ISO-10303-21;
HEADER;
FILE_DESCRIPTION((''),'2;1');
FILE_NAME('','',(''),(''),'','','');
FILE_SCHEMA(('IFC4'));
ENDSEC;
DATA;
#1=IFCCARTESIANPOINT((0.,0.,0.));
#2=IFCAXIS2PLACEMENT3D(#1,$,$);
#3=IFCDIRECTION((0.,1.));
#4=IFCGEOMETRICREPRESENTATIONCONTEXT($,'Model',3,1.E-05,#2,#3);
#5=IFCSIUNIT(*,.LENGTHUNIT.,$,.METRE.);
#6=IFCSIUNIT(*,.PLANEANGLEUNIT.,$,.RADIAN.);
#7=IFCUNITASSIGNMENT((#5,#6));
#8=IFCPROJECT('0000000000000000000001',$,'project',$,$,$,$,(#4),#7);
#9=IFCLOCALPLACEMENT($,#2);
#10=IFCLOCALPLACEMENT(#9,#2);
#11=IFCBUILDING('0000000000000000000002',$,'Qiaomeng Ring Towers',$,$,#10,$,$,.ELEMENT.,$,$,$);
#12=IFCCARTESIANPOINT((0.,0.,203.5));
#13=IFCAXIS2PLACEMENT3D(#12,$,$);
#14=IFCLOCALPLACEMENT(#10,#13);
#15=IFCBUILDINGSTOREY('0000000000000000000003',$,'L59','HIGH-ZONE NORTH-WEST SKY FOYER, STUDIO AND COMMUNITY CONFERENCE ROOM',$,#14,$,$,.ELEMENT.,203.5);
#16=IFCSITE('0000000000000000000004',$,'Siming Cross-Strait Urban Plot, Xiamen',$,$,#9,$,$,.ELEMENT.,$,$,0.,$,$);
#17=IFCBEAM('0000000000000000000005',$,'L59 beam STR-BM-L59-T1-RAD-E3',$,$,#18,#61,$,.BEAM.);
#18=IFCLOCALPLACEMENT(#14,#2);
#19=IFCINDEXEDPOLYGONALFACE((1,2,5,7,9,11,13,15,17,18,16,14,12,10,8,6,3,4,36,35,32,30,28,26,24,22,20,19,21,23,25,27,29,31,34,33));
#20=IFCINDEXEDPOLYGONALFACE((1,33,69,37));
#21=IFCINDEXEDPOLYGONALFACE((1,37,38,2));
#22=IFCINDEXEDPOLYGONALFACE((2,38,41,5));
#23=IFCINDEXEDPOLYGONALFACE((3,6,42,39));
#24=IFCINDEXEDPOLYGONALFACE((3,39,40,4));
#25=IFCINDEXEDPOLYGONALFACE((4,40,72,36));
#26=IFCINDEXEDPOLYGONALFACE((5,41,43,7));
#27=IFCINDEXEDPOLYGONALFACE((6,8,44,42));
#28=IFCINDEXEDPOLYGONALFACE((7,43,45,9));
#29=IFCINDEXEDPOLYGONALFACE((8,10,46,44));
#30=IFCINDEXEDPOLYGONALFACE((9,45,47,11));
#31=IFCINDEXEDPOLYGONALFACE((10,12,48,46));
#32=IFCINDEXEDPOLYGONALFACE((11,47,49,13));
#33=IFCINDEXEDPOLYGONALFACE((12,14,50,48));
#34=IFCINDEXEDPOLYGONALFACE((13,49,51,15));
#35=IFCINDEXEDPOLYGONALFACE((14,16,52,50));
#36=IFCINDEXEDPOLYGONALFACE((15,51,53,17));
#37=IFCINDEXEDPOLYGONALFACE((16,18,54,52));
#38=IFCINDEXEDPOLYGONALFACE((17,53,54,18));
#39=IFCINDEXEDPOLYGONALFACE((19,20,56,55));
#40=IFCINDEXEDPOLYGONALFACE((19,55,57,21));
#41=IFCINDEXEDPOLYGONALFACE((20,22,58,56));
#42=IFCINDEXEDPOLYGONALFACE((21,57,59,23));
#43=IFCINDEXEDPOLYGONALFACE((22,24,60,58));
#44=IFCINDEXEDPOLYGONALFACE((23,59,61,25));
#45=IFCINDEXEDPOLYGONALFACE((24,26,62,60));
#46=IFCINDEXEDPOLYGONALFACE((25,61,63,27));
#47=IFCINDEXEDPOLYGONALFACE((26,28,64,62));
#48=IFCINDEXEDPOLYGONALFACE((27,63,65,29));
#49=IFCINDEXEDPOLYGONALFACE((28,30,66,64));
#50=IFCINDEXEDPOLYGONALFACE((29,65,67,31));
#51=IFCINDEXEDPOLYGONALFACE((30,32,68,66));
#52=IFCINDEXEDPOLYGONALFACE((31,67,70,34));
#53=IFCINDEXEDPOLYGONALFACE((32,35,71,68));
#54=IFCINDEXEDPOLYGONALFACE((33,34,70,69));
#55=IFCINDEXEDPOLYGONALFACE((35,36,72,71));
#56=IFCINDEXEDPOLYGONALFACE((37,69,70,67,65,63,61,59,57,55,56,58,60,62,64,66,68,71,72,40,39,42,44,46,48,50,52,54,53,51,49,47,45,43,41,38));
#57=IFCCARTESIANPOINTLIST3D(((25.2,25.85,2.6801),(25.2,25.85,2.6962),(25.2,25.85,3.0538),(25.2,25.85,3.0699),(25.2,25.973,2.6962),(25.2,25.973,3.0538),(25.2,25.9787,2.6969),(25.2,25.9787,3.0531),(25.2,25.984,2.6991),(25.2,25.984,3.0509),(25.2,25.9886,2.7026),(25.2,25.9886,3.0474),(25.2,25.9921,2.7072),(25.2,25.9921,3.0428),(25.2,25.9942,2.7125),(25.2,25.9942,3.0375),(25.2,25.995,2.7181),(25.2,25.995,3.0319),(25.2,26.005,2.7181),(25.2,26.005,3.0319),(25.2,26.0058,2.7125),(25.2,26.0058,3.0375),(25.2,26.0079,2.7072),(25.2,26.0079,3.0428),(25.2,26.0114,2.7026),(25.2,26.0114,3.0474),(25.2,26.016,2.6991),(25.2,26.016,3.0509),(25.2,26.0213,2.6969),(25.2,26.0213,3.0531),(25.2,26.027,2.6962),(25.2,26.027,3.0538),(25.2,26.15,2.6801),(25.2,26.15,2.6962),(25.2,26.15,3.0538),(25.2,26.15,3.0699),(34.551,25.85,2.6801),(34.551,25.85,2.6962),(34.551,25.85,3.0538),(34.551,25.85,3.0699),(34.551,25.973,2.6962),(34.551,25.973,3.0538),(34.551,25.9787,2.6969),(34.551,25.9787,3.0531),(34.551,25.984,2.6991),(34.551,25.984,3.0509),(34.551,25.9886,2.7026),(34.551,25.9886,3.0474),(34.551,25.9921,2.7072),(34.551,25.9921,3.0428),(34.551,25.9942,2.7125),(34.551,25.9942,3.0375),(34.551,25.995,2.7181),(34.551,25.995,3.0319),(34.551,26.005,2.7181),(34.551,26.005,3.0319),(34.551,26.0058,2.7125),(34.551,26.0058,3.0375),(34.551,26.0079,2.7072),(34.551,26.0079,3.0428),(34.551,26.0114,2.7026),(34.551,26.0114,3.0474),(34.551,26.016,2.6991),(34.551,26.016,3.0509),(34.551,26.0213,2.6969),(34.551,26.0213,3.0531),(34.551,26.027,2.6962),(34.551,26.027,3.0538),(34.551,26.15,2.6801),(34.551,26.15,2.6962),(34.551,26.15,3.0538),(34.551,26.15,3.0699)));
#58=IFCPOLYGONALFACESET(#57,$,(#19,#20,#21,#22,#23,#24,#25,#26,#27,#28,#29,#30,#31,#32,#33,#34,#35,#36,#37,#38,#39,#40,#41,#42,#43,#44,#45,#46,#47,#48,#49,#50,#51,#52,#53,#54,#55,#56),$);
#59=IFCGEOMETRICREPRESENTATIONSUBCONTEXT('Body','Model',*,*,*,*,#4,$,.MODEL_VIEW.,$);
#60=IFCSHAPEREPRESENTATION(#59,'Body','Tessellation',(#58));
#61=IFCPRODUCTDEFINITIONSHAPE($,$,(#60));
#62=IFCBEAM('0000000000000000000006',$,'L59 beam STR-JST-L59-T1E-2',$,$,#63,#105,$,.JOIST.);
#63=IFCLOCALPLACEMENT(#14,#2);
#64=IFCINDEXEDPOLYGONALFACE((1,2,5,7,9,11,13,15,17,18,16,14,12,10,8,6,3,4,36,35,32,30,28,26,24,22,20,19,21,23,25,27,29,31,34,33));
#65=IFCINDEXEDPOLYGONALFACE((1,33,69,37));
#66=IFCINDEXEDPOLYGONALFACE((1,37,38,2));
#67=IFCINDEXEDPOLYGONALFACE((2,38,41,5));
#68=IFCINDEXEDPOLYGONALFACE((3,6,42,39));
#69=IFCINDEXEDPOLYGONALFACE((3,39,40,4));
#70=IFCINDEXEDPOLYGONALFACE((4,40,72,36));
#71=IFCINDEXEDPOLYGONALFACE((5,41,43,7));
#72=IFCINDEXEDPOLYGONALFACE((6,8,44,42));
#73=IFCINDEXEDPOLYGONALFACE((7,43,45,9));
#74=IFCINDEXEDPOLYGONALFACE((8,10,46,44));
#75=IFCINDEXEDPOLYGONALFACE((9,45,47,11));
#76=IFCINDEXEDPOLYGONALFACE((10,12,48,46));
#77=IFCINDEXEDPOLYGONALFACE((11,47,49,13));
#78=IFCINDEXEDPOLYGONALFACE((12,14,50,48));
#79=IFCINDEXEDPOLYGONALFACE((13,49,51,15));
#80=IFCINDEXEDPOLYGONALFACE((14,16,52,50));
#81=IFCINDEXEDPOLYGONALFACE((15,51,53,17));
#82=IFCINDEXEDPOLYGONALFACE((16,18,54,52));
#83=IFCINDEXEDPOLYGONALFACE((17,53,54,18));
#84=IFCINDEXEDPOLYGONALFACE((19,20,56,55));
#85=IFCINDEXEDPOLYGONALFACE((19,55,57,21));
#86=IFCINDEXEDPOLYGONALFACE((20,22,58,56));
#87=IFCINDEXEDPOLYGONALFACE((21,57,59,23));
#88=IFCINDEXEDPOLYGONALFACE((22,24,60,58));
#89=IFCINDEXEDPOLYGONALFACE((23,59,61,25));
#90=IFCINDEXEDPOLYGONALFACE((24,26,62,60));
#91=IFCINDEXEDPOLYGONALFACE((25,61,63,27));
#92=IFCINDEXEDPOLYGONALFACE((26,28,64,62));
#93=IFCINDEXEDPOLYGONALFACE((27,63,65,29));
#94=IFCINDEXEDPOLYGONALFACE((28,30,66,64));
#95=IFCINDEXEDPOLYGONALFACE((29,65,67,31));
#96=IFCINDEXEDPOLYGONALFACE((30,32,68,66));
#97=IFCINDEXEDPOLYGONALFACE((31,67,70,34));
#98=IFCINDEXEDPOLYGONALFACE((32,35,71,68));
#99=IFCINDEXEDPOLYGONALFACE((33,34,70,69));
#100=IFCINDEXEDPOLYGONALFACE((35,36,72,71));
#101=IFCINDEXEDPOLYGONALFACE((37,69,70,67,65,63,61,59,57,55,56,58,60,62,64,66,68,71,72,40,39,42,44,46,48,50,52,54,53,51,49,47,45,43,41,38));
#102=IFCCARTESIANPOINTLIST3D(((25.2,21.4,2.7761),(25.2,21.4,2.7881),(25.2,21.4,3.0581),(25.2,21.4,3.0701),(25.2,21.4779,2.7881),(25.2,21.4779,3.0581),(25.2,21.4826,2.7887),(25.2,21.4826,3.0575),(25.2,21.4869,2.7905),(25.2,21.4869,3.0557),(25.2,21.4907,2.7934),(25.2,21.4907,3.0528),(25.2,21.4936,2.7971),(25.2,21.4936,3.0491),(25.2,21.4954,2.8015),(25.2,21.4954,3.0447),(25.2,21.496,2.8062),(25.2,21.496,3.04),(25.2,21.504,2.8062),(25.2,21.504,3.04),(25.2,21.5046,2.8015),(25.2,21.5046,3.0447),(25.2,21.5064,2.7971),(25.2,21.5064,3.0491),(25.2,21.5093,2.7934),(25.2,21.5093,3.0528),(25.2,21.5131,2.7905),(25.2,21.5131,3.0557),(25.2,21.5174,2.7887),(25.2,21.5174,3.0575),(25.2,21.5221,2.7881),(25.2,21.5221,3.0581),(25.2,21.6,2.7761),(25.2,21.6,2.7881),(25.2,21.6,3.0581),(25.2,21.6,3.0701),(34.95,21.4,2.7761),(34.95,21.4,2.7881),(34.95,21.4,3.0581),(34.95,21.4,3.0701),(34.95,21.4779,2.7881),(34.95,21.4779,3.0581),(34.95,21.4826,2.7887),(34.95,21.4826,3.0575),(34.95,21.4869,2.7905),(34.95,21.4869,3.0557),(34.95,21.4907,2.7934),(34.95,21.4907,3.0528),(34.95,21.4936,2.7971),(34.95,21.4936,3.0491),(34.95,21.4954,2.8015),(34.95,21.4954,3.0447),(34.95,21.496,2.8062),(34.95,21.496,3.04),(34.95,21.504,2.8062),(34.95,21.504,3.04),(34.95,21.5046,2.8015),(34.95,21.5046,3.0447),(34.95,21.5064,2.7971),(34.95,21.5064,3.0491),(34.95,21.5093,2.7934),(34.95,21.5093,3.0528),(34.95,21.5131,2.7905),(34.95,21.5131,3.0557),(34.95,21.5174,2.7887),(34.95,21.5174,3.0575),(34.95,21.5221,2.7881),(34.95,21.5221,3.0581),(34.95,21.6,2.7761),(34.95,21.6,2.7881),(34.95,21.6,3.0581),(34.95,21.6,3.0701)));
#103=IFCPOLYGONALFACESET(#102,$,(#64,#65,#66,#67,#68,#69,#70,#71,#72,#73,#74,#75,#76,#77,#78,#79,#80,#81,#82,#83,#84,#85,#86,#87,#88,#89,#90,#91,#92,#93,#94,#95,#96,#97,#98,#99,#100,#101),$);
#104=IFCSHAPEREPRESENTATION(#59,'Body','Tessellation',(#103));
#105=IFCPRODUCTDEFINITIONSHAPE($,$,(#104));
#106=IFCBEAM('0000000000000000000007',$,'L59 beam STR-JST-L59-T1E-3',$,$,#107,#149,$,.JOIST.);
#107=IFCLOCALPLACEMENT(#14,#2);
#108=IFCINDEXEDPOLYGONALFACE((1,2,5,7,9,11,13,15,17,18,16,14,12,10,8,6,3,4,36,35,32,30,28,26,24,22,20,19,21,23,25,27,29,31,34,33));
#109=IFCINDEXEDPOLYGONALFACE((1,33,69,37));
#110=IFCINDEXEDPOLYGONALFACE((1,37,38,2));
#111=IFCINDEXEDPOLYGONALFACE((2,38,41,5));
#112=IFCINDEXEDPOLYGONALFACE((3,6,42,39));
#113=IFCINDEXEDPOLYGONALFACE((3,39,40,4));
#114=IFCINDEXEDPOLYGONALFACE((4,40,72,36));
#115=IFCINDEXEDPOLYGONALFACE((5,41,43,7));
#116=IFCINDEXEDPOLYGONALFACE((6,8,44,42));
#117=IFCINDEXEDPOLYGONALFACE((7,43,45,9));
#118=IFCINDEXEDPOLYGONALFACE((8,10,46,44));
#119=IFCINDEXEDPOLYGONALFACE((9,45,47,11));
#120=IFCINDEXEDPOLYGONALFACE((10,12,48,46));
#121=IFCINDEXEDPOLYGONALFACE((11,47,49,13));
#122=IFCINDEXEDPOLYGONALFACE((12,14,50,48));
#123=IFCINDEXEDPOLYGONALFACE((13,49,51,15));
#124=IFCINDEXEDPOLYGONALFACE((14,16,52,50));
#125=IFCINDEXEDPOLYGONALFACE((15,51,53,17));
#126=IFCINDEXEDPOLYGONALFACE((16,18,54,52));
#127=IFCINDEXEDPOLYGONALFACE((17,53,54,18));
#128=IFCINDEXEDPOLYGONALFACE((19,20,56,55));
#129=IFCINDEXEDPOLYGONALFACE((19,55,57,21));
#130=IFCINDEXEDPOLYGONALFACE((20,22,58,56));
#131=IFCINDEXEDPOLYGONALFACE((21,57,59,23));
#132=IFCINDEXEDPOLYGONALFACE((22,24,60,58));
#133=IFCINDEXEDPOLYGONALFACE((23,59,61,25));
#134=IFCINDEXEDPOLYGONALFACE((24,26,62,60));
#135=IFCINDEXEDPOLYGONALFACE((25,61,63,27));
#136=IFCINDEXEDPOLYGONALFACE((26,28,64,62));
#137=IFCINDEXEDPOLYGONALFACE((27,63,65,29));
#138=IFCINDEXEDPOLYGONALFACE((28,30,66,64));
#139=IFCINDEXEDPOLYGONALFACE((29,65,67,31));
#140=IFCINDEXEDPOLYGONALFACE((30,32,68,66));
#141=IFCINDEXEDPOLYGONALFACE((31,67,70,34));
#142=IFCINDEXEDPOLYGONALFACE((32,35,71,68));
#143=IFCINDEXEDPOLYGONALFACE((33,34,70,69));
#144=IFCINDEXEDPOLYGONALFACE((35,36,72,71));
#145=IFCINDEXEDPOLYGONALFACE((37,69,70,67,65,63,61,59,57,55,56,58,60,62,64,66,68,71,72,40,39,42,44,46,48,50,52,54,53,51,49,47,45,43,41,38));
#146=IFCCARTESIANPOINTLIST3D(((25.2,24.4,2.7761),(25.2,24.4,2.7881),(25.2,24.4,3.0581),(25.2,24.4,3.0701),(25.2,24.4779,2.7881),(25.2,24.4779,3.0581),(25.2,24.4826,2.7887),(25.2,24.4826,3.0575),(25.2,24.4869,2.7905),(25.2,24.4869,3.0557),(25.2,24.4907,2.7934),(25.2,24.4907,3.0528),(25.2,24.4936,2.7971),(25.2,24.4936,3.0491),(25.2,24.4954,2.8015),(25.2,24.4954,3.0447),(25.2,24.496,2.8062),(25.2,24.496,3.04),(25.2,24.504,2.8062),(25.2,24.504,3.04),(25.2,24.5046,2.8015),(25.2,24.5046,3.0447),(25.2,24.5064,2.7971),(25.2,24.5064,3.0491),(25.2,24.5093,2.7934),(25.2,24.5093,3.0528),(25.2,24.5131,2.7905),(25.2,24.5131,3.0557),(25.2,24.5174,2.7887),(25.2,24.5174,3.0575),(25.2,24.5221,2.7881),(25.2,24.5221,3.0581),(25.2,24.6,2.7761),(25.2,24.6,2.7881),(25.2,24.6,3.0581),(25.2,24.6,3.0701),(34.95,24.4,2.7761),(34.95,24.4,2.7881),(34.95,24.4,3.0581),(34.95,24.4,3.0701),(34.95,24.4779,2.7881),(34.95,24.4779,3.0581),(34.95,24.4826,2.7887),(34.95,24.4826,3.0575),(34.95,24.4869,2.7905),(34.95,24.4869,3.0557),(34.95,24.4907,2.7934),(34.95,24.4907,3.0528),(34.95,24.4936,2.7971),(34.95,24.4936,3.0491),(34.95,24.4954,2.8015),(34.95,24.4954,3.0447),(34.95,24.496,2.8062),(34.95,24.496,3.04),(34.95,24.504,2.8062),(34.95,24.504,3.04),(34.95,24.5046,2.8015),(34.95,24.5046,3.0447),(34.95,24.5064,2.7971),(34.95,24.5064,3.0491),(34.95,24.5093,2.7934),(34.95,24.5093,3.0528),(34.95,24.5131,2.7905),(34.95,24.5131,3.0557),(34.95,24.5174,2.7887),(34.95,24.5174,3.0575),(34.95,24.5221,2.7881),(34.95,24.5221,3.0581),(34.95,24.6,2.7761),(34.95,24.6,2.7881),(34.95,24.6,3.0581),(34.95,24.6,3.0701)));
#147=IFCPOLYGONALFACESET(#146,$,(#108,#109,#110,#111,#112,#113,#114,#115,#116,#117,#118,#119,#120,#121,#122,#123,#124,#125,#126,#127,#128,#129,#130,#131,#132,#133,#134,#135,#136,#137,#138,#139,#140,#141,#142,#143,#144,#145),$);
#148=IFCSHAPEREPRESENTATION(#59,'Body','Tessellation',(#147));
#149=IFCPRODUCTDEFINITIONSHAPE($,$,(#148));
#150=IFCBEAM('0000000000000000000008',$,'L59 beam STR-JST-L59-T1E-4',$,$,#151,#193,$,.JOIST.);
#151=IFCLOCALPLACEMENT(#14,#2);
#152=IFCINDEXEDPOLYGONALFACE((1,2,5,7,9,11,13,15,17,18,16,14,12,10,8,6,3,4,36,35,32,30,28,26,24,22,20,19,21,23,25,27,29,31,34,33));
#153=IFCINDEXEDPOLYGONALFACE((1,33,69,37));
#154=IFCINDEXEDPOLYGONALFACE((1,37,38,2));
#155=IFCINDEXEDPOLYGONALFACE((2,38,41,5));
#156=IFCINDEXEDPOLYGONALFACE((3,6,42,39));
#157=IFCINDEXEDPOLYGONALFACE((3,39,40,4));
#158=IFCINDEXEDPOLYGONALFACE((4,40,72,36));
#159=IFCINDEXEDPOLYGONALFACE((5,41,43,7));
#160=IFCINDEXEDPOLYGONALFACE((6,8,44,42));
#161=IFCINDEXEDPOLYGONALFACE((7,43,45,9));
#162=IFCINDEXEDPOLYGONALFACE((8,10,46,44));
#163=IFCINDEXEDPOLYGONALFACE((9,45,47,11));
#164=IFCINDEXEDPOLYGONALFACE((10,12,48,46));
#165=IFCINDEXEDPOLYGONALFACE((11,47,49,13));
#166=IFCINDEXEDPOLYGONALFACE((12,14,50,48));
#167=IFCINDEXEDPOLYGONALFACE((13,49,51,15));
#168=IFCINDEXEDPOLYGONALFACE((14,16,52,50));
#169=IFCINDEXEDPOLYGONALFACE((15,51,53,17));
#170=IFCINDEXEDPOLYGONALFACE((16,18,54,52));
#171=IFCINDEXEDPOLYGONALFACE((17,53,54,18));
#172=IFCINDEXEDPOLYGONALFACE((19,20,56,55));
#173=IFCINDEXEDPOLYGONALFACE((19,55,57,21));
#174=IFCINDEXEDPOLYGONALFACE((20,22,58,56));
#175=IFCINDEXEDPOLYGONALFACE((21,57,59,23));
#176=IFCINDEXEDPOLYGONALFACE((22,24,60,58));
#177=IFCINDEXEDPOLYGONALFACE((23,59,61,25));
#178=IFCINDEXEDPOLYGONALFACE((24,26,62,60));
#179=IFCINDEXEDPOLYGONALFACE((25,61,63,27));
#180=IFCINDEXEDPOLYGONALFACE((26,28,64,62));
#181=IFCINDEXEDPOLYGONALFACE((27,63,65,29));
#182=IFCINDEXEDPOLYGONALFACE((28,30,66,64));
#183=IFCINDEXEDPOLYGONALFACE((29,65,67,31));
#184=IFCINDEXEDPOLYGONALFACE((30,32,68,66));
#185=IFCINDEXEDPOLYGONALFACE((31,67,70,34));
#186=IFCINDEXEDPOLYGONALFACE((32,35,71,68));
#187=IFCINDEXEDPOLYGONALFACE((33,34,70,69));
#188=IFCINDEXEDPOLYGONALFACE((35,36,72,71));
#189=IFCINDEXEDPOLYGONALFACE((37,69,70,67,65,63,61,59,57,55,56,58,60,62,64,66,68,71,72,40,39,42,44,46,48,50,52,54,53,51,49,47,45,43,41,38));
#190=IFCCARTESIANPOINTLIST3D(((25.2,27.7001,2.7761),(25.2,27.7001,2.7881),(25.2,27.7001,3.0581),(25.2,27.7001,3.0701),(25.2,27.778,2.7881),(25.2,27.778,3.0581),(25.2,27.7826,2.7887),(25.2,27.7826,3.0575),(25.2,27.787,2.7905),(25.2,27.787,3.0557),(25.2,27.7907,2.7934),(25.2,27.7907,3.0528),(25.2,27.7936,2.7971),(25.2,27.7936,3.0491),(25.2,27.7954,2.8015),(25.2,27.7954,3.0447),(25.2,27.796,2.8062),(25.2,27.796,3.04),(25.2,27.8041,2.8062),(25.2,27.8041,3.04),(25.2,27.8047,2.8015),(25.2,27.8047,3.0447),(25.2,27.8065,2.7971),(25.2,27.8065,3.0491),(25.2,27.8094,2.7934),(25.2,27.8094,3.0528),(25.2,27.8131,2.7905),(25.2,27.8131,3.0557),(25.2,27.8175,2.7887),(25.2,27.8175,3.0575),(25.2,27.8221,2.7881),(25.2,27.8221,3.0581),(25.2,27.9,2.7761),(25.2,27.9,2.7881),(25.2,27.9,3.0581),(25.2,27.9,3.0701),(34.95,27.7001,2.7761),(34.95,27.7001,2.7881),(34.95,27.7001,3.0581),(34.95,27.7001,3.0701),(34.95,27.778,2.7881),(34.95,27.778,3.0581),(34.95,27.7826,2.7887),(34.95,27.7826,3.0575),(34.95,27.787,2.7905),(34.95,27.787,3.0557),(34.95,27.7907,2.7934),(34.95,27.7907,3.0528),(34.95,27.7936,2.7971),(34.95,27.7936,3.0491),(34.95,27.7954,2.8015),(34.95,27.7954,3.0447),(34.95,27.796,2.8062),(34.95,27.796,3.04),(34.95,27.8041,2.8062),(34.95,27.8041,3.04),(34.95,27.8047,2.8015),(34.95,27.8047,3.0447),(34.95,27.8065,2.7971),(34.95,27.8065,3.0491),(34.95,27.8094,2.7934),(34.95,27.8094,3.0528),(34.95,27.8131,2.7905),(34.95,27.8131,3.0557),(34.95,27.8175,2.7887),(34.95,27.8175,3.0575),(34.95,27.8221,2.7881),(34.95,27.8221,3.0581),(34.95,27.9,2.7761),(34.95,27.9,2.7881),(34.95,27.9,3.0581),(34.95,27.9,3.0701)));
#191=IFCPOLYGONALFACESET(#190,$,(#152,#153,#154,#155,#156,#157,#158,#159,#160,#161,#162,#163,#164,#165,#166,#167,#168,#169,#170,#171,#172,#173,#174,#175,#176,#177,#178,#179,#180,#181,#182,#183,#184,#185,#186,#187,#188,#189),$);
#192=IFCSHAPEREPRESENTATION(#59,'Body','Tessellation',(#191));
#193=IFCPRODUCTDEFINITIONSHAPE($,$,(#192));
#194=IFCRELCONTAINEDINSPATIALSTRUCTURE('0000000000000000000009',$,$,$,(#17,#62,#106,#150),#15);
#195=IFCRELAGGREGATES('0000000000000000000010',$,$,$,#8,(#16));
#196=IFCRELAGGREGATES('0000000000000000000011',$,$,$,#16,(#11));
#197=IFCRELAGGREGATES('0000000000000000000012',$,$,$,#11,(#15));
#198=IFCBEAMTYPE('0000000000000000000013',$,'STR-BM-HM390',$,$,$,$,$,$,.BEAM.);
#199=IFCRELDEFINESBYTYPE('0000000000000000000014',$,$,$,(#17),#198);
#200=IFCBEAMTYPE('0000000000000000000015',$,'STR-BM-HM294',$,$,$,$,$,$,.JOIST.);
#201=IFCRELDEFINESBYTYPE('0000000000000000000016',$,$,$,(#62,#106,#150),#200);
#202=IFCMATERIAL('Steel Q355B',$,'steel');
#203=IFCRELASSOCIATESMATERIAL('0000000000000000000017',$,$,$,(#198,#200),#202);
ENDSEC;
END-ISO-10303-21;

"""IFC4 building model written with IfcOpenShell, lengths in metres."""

from ifc_helpers import new_model, si_unit, direction, frame, origin, origin_2d, place, context, subcontext, project, spatial, i_section, extrude, source, transform, mapped, material, material_profile, profile_set, type_object, element, save


model = new_model("IFC4")

# Units and contexts
model_context = context("Model", 3, precision=1e-05, world=origin(), true_north=direction((0.0, 1.0)))
body_context = subcontext(model_context, "Body", "Model", "MODEL_VIEW")
ifc_project = project(units=[si_unit("LENGTHUNIT", "METRE"), si_unit("PLANEANGLEUNIT", "RADIAN")], contexts=[model_context])

# Site, building, storey
site_placement = place(None, origin())
site = spatial("IfcSite", under=ifc_project, at=site_placement, Name="Siming Cross-Strait Urban Plot, Xiamen", CompositionType="ELEMENT", RefElevation=0.0)
building_placement = place(site_placement, origin())
building = spatial("IfcBuilding", under=site, at=building_placement, Name="Qiaomeng Ring Towers", CompositionType="ELEMENT")
storey_placement = place(building_placement, frame((0.0, 0.0, 203.5)))
storey = spatial("IfcBuildingStorey", under=building, at=storey_placement, Name="L59", Description="HIGH-ZONE NORTH-WEST SKY FOYER, STUDIO AND COMMUNITY CONFERENCE ROOM", CompositionType="ELEMENT", Elevation=203.5)

# Beams
ifc_material_1 = material(Name="Steel Q355B", Category="steel")
ifc_material_profile_1 = material_profile(ifc_material_1, i_section(OverallWidth=0.3, OverallDepth=0.3899, WebThickness=0.01, FlangeThickness=0.0161, FilletRadius=0.022, at=origin_2d()), Name="HM 390x300x10x16")
ifc_profile_set_1 = profile_set([ifc_material_profile_1], Name="Steel Q355B")
beam_type_1 = type_object("IfcBeamType", Name="STR-BM-HM390", PredefinedType="BEAM", material=ifc_profile_set_1)
shared_shape_1 = source(origin(), body_context, "Body", "SweptSolid", [
    extrude(i_section(OverallWidth=0.3, OverallDepth=0.3899, WebThickness=0.01, FlangeThickness=0.0161, FilletRadius=0.022, at=origin_2d()), origin(), (0.0, 0.0, 1.0), 9.3511),
])
beam_placement = place(storey_placement, frame((25.2, 26.0, 2.875), z_axis=(1.0, 0.0, 0.0), x_axis=(0.0, 1.0, 0.0)))
element("IfcBeam", 1, at=beam_placement, inside=storey, type_object=beam_type_1, Name="L59 beam STR-BM-L59-T1-RAD-E3", PredefinedType="BEAM", context=body_context, shape_type="MappedRepresentation", body=[
    mapped(shared_shape_1, transform((0.0, 0.0, 0.0), x_axis=(1.0, 0.0, 0.0), y_axis=(0.0, 1.0, 0.0), z_axis=(0.0, 0.0, 1.0), scale=1.0)),
])
ifc_material_profile_2 = material_profile(ifc_material_1, i_section(OverallWidth=0.2, OverallDepth=0.2939, WebThickness=0.0081, FlangeThickness=0.012, FilletRadius=0.0181, at=origin_2d()), Name="HM 294x200x8x12")
ifc_profile_set_2 = profile_set([ifc_material_profile_2], Name="Steel Q355B")
beam_type_2 = type_object("IfcBeamType", Name="STR-BM-HM294", PredefinedType="JOIST", material=ifc_profile_set_2)
shared_shape_2 = source(origin(), body_context, "Body", "SweptSolid", [
    extrude(i_section(OverallWidth=0.2, OverallDepth=0.2939, WebThickness=0.0081, FlangeThickness=0.012, FilletRadius=0.0181, at=origin_2d()), origin(), (0.0, 0.0, 1.0), 9.75),
])
for number, where, z_axis, x_axis, name in (
    (2, (25.2, 21.5, 2.9231), (1.0, 0.0, 0.0), (0.0, 1.0, 0.0), "L59 beam STR-JST-L59-T1E-2"),
    (3, (25.2, 24.5, 2.9231), (1.0, 0.0, 0.0), (0.0, 1.0, 0.0), "L59 beam STR-JST-L59-T1E-3"),
    (4, (25.2, 27.8, 2.9231), (1.0, 0.0, 0.0), (0.0, 1.0, 0.0), "L59 beam STR-JST-L59-T1E-4"),
):
    element("IfcBeam", number, at=place(storey_placement, frame(where, z_axis=z_axis, x_axis=x_axis)), inside=storey, type_object=beam_type_2, Name=name, PredefinedType="JOIST", context=body_context, shape_type="MappedRepresentation", body=[
        mapped(shared_shape_2, transform((0.0, 0.0, 0.0), x_axis=(1.0, 0.0, 0.0), y_axis=(0.0, 1.0, 0.0), z_axis=(0.0, 0.0, 1.0), scale=1.0)),
    ])

save(model, "model.ifc")
